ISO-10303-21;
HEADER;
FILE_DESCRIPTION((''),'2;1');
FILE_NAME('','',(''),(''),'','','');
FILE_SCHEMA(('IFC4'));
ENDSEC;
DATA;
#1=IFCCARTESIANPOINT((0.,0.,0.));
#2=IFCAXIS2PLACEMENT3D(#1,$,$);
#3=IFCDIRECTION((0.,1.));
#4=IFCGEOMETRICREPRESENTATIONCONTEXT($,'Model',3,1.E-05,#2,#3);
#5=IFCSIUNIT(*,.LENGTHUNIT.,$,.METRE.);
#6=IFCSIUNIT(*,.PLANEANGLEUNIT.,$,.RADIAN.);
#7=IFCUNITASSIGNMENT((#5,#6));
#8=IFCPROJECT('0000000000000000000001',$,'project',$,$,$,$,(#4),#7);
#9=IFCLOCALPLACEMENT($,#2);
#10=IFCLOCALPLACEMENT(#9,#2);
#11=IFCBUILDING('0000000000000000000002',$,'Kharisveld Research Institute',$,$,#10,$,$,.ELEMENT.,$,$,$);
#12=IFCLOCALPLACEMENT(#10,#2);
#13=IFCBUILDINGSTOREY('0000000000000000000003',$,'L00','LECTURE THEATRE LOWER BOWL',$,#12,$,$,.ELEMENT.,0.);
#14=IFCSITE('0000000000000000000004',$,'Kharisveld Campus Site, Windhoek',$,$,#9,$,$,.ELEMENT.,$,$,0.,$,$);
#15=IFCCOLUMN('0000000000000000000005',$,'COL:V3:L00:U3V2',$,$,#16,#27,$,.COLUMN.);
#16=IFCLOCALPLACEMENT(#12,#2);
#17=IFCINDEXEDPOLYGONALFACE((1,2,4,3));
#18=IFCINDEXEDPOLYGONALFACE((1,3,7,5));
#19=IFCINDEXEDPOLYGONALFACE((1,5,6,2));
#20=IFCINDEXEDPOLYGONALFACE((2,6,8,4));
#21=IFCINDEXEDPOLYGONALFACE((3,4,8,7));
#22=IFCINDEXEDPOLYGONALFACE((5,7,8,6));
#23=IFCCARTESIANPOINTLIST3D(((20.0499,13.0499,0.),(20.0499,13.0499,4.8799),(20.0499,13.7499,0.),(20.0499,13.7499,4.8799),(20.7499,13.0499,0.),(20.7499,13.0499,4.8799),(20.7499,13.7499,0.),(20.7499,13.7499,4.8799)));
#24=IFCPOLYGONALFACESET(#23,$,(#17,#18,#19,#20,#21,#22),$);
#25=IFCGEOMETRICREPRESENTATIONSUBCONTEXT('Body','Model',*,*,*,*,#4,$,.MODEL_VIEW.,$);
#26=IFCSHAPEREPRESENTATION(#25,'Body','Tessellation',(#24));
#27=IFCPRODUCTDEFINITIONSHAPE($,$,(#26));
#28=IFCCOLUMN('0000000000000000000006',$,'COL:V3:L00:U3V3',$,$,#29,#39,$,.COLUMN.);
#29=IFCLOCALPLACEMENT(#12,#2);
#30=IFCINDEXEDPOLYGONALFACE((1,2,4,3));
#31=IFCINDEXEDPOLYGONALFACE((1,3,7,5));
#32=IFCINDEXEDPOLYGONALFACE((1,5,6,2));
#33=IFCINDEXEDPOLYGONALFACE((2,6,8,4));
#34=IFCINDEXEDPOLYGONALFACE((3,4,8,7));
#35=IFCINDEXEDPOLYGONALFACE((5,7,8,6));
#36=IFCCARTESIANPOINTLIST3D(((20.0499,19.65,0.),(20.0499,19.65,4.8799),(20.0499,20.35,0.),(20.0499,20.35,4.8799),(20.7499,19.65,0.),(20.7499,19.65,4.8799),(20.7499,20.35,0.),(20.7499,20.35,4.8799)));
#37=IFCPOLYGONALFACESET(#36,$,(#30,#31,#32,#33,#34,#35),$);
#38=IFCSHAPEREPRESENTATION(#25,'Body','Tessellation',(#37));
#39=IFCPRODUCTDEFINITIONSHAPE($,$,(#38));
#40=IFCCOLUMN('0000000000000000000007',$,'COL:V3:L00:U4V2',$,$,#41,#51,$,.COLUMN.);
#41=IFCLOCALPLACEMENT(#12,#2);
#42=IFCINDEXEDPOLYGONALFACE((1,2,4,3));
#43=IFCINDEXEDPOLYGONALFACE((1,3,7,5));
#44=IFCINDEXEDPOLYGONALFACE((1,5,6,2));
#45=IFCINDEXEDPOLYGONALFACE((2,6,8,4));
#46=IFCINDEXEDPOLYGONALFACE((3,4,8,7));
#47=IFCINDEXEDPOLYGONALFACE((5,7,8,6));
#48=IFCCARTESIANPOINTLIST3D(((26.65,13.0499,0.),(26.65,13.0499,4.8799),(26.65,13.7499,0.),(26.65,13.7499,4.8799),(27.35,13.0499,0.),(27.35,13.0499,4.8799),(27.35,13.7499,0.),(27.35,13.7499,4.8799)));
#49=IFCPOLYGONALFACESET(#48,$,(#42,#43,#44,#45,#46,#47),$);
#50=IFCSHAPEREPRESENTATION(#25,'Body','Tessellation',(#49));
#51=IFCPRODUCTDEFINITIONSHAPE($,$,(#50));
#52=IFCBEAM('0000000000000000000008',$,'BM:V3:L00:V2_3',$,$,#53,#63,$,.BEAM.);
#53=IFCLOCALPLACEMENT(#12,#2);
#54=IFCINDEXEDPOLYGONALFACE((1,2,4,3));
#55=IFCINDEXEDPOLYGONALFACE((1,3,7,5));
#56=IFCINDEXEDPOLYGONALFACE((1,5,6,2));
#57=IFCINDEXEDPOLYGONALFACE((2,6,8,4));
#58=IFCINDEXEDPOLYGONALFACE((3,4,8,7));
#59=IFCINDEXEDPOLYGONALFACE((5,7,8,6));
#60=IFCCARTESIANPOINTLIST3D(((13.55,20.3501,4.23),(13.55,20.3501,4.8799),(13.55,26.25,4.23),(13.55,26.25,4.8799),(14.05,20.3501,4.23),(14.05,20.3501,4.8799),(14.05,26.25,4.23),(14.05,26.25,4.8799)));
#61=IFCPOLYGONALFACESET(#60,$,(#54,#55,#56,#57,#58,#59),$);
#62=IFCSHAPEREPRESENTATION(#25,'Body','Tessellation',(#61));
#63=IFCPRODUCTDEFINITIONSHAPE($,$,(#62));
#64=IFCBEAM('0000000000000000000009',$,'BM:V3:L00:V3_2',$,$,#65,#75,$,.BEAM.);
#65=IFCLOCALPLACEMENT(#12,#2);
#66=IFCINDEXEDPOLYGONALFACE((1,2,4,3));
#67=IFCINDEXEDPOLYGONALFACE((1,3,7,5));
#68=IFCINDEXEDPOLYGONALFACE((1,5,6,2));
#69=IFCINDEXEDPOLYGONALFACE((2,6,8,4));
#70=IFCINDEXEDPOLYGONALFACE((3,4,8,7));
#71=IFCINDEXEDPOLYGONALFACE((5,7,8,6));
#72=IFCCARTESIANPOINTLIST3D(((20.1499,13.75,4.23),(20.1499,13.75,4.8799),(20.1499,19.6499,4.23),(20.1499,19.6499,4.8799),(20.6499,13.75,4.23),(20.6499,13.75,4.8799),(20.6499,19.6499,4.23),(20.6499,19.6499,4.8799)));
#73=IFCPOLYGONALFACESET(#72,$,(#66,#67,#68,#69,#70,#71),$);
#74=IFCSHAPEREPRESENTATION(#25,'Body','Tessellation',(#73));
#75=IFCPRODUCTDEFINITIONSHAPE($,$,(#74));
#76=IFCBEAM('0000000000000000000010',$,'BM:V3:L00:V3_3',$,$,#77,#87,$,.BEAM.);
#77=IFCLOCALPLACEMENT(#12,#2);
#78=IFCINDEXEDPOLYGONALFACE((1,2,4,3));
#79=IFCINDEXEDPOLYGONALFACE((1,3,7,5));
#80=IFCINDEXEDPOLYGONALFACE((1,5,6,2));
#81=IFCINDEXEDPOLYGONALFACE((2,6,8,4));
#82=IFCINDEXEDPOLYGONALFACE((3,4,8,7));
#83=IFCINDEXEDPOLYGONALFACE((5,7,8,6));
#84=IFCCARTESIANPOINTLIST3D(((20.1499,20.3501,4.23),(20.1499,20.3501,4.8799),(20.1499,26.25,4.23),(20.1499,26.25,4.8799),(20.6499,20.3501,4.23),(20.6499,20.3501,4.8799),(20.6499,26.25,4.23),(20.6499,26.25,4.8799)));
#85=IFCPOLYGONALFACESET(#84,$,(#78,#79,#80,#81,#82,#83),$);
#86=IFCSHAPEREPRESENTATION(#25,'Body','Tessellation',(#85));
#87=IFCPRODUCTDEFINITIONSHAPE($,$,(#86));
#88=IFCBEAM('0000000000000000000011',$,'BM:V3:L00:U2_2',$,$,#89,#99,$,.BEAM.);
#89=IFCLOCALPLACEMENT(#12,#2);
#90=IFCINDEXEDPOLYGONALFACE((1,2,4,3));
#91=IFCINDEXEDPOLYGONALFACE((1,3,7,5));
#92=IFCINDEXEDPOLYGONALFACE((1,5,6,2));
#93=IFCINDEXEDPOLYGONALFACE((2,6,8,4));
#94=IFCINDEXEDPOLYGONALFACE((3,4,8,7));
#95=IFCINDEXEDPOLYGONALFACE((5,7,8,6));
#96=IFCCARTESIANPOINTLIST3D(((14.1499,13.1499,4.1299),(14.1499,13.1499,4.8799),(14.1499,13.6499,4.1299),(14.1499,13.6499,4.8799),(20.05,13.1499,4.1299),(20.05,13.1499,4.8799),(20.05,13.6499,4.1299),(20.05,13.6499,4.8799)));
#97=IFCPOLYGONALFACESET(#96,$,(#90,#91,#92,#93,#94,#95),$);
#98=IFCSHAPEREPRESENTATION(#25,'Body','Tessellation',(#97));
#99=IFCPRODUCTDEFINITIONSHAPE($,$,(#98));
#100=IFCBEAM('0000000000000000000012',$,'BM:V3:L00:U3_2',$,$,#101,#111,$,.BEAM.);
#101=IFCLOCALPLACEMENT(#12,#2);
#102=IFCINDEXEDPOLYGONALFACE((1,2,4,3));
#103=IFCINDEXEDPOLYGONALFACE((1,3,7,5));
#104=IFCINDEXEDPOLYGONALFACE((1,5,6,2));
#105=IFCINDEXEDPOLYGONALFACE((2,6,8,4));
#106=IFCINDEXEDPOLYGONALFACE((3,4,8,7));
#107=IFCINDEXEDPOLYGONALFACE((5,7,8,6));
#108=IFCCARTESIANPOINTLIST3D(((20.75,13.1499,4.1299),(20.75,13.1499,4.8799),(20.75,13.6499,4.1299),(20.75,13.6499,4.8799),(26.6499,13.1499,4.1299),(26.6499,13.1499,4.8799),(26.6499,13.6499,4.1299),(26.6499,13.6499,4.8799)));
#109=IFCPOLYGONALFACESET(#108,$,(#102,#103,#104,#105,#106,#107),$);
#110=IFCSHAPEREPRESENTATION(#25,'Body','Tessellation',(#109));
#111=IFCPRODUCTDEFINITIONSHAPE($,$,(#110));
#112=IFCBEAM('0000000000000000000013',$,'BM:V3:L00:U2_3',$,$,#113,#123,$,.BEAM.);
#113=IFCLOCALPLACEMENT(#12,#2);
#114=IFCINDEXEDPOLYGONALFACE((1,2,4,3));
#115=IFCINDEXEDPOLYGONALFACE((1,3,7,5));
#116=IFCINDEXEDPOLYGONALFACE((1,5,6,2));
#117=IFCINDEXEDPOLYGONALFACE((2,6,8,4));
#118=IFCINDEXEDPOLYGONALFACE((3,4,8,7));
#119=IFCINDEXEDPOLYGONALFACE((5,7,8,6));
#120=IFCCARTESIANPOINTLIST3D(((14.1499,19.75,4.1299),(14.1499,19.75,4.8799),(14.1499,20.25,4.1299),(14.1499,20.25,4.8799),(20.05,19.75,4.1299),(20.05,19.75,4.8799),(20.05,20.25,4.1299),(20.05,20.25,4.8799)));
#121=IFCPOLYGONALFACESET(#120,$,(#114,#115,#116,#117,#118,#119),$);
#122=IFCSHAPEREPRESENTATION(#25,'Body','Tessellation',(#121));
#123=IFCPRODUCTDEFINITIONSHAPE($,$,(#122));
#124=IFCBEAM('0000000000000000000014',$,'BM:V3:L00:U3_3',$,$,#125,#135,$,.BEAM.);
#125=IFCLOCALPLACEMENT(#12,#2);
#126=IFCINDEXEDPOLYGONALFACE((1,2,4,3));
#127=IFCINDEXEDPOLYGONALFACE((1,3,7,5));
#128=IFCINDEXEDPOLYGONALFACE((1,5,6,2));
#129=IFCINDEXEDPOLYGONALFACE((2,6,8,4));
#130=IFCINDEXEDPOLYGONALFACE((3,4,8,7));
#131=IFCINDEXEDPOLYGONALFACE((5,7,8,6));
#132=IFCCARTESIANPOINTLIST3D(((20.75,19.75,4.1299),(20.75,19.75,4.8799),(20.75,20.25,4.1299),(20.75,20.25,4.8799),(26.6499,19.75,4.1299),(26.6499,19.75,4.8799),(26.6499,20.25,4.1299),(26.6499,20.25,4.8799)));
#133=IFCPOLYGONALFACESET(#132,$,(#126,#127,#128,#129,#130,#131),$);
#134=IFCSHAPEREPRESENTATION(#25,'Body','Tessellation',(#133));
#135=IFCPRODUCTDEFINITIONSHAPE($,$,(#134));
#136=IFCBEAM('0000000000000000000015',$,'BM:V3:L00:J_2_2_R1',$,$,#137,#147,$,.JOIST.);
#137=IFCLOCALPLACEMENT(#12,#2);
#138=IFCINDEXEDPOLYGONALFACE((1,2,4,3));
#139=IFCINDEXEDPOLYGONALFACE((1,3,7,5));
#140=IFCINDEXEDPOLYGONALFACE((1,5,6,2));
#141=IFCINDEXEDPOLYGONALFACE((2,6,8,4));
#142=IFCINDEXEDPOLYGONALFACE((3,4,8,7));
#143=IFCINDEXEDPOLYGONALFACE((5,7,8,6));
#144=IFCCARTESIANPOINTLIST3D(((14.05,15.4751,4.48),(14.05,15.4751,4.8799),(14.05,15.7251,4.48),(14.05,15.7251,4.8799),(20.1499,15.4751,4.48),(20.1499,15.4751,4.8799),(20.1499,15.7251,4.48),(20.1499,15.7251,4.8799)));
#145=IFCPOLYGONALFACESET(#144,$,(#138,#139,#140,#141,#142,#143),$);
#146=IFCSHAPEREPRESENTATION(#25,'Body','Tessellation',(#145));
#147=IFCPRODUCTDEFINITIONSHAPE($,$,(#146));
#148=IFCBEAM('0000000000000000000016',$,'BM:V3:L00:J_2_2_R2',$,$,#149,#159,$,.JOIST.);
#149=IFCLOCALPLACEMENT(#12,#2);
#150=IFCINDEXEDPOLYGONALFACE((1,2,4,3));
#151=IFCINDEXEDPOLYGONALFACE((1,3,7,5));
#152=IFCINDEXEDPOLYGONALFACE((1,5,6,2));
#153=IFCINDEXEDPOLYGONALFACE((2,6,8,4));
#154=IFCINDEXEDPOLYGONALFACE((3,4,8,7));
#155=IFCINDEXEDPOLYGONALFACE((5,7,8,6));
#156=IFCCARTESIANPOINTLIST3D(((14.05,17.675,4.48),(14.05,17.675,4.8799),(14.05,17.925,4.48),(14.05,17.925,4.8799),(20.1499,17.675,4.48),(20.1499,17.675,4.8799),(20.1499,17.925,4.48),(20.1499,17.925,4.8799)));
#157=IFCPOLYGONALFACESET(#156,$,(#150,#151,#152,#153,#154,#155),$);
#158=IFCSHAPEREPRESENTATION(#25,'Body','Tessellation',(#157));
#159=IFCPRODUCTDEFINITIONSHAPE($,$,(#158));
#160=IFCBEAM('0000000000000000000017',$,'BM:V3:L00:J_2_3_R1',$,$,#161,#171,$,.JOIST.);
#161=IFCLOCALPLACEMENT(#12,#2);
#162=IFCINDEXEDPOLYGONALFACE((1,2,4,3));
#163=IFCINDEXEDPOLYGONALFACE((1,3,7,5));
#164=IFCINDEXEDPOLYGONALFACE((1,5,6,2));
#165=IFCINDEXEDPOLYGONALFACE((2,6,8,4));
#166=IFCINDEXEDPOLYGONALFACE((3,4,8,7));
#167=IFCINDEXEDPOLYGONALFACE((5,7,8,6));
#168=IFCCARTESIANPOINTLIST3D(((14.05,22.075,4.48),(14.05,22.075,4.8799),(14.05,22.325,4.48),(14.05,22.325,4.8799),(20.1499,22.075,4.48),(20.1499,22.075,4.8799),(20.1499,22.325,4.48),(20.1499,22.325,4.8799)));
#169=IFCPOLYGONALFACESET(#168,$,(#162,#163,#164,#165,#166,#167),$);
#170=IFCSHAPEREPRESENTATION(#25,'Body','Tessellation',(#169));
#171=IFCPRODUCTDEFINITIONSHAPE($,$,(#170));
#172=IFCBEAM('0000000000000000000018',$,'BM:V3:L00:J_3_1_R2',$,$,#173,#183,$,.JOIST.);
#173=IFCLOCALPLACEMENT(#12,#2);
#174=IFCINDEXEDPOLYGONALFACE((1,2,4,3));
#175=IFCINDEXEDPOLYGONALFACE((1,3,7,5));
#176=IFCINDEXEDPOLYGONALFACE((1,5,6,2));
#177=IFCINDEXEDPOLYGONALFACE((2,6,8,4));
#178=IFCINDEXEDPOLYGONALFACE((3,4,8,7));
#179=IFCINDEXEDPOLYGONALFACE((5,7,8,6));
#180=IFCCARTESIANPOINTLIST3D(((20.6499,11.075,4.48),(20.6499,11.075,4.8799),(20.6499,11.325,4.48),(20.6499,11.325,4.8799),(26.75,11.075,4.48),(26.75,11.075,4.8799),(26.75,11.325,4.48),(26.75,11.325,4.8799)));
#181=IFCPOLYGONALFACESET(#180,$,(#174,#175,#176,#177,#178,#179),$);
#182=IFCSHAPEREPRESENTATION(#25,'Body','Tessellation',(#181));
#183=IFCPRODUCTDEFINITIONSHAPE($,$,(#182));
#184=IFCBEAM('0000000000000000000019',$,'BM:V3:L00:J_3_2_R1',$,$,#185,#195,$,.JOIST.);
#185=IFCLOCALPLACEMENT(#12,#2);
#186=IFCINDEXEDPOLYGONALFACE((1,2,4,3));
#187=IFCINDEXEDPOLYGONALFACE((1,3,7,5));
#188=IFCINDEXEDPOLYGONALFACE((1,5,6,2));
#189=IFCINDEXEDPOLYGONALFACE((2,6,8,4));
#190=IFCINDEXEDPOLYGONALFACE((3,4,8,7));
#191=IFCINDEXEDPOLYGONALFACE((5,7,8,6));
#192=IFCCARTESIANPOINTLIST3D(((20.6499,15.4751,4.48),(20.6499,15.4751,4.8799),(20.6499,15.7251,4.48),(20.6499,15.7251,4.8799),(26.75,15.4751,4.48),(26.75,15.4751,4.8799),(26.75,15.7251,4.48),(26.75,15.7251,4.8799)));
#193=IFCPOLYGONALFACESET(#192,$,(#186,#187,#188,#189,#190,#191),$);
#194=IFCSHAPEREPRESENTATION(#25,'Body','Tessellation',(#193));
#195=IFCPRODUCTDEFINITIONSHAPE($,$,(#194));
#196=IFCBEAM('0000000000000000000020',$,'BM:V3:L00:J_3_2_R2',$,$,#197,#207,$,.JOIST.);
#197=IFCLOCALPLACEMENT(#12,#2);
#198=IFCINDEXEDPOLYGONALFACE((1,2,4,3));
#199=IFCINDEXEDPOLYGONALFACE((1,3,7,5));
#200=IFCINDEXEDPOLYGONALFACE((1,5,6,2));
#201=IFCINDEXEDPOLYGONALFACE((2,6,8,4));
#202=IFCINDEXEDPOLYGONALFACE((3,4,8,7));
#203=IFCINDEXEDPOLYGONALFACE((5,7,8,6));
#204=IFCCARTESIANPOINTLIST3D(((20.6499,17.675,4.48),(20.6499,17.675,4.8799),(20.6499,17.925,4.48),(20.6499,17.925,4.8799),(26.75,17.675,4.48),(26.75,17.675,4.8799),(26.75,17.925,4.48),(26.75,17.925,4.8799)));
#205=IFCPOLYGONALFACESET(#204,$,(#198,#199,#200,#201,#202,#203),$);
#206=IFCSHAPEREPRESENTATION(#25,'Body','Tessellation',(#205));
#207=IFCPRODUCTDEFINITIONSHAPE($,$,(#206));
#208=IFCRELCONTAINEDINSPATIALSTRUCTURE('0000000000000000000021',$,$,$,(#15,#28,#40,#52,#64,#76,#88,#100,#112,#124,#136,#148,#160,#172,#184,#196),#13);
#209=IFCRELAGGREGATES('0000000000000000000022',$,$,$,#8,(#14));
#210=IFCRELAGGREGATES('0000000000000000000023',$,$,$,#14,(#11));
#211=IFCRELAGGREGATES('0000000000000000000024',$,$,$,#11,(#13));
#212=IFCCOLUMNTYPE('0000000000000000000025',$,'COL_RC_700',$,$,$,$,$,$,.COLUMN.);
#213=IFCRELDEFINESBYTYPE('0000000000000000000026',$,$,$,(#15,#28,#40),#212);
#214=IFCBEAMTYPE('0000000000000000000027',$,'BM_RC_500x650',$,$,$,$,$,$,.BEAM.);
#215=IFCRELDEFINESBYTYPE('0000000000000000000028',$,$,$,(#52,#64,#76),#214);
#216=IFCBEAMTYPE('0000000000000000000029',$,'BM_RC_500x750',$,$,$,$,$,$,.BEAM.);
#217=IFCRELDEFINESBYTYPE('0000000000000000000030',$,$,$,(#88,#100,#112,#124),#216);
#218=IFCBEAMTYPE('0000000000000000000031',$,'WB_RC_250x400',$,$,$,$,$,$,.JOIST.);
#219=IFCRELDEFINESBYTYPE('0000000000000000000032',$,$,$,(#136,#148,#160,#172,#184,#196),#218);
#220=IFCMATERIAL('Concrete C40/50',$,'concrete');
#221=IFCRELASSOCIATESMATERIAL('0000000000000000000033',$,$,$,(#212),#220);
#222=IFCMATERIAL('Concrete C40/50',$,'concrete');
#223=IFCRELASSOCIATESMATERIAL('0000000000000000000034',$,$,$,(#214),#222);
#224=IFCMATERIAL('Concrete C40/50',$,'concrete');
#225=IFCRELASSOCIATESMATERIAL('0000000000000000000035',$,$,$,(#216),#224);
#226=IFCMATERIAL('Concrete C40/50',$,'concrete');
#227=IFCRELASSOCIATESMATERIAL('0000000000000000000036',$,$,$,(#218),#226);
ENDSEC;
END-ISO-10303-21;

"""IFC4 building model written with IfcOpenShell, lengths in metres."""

from ifc_helpers import new_model, si_unit, direction, frame, origin, origin_2d, place, context, subcontext, project, spatial, rectangle, extrude, material, material_profile, profile_set, type_object, element, save


model = new_model("IFC4")

# Units and contexts
model_context = context("Model", 3, precision=1e-05, world=origin(), true_north=direction((0.0, 1.0)))
body_context = subcontext(model_context, "Body", "Model", "MODEL_VIEW")
ifc_project = project(units=[si_unit("LENGTHUNIT", "METRE"), si_unit("PLANEANGLEUNIT", "RADIAN")], contexts=[model_context])

# Site, building, storey
site_placement = place(None, origin())
site = spatial("IfcSite", under=ifc_project, at=site_placement, Name="Kharisveld Campus Site, Windhoek", CompositionType="ELEMENT", RefElevation=0.0)
building_placement = place(site_placement, origin())
building = spatial("IfcBuilding", under=site, at=building_placement, Name="Kharisveld Research Institute", CompositionType="ELEMENT")
storey_placement = place(building_placement, origin())
storey = spatial("IfcBuildingStorey", under=building, at=storey_placement, Name="L00", Description="LECTURE THEATRE LOWER BOWL", CompositionType="ELEMENT", Elevation=0.0)

# Columns
ifc_material_1 = material(Name="Concrete C40/50", Category="concrete")
ifc_material_profile_1 = material_profile(ifc_material_1, rectangle(XDim=0.7, YDim=0.7, at=origin_2d()))
ifc_profile_set_1 = profile_set([ifc_material_profile_1], Name="Concrete C40/50")
column_type = type_object("IfcColumnType", Name="COL_RC_700", PredefinedType="COLUMN", material=ifc_profile_set_1)
for number, where, z_axis, x_axis, name in (
    (1, (20.3999, 13.3999, 0.0), (0.0, 0.0, 1.0), (1.0, 0.0, 0.0), "COL:V3:L00:U3V2"),
    (2, (20.3999, 20.0, 0.0), (0.0, 0.0, 1.0), (1.0, 0.0, 0.0), "COL:V3:L00:U3V3"),
    (3, (27.0, 13.3999, 0.0), (0.0, 0.0, 1.0), (1.0, 0.0, 0.0), "COL:V3:L00:U4V2"),
):
    element("IfcColumn", number, at=place(storey_placement, frame(where, z_axis=z_axis, x_axis=x_axis)), inside=storey, type_object=column_type, Name=name, PredefinedType="COLUMN", context=body_context, shape_type="SweptSolid", body=[
        extrude(rectangle(XDim=0.7, YDim=0.7, at=origin_2d()), origin(), (0.0, 0.0, 1.0), 4.8799),
    ])

# Beams
ifc_material_2 = material(Name="Concrete C40/50", Category="concrete")
ifc_material_profile_2 = material_profile(ifc_material_2, rectangle(XDim=0.5, YDim=0.6499, at=origin_2d()))
ifc_profile_set_2 = profile_set([ifc_material_profile_2], Name="Concrete C40/50")
beam_type_1 = type_object("IfcBeamType", Name="BM_RC_500x650", PredefinedType="BEAM", material=ifc_profile_set_2)
for number, where, z_axis, x_axis, name in (
    (4, (13.8, 20.3501, 4.5549), (0.0, 1.0, 0.0), (-1.0, 0.0, 0.0), "BM:V3:L00:V2_3"),
    (5, (20.3999, 13.75, 4.5549), (0.0, 1.0, 0.0), (-1.0, 0.0, 0.0), "BM:V3:L00:V3_2"),
    (6, (20.3999, 20.3501, 4.5549), (0.0, 1.0, 0.0), (-1.0, 0.0, 0.0), "BM:V3:L00:V3_3"),
):
    element("IfcBeam", number, at=place(storey_placement, frame(where, z_axis=z_axis, x_axis=x_axis)), inside=storey, type_object=beam_type_1, Name=name, PredefinedType="BEAM", context=body_context, shape_type="SweptSolid", body=[
        extrude(rectangle(XDim=0.5, YDim=0.6499, at=origin_2d()), origin(), (0.0, 0.0, 1.0), 5.8999),
    ])
ifc_material_3 = material(Name="Concrete C40/50", Category="concrete")
ifc_material_profile_3 = material_profile(ifc_material_3, rectangle(XDim=0.5, YDim=0.75, at=origin_2d()))
ifc_profile_set_3 = profile_set([ifc_material_profile_3], Name="Concrete C40/50")
beam_type_2 = type_object("IfcBeamType", Name="BM_RC_500x750", PredefinedType="BEAM", material=ifc_profile_set_3)
beam_1_placement = place(storey_placement, frame((14.1499, 13.3999, 4.5049), z_axis=(1.0, 0.0, 0.0), x_axis=(0.0, 1.0, 0.0)))
element("IfcBeam", 7, at=beam_1_placement, inside=storey, type_object=beam_type_2, Name="BM:V3:L00:U2_2", PredefinedType="BEAM", context=body_context, shape_type="SweptSolid", body=[
    extrude(rectangle(XDim=0.5, YDim=0.75, at=origin_2d()), origin(), (0.0, 0.0, 1.0), 5.9001),
])
beam_2_placement = place(storey_placement, frame((20.75, 13.3999, 4.5049), z_axis=(1.0, 0.0, 0.0), x_axis=(0.0, 1.0, 0.0)))
element("IfcBeam", 8, at=beam_2_placement, inside=storey, type_object=beam_type_2, Name="BM:V3:L00:U3_2", PredefinedType="BEAM", context=body_context, shape_type="SweptSolid", body=[
    extrude(rectangle(XDim=0.5, YDim=0.75, at=origin_2d()), origin(), (0.0, 0.0, 1.0), 5.8999),
])
beam_3_placement = place(storey_placement, frame((14.1499, 20.0, 4.5049), z_axis=(1.0, 0.0, 0.0), x_axis=(0.0, 1.0, 0.0)))
element("IfcBeam", 9, at=beam_3_placement, inside=storey, type_object=beam_type_2, Name="BM:V3:L00:U2_3", PredefinedType="BEAM", context=body_context, shape_type="SweptSolid", body=[
    extrude(rectangle(XDim=0.5, YDim=0.75, at=origin_2d()), origin(), (0.0, 0.0, 1.0), 5.9001),
])
beam_4_placement = place(storey_placement, frame((20.75, 20.0, 4.5049), z_axis=(1.0, 0.0, 0.0), x_axis=(0.0, 1.0, 0.0)))
element("IfcBeam", 10, at=beam_4_placement, inside=storey, type_object=beam_type_2, Name="BM:V3:L00:U3_3", PredefinedType="BEAM", context=body_context, shape_type="SweptSolid", body=[
    extrude(rectangle(XDim=0.5, YDim=0.75, at=origin_2d()), origin(), (0.0, 0.0, 1.0), 5.8999),
])
ifc_material_4 = material(Name="Concrete C40/50", Category="concrete")
ifc_material_profile_4 = material_profile(ifc_material_4, rectangle(XDim=0.25, YDim=0.3999, at=origin_2d()))
ifc_profile_set_4 = profile_set([ifc_material_profile_4], Name="Concrete C40/50")
beam_type_3 = type_object("IfcBeamType", Name="WB_RC_250x400", PredefinedType="JOIST", material=ifc_profile_set_4)
for number, where, z_axis, x_axis, name in (
    (11, (14.05, 15.6001, 4.6799), (1.0, 0.0, 0.0), (0.0, 1.0, 0.0), "BM:V3:L00:J_2_2_R1"),
    (12, (14.05, 17.8, 4.6799), (1.0, 0.0, 0.0), (0.0, 1.0, 0.0), "BM:V3:L00:J_2_2_R2"),
    (13, (14.05, 22.2, 4.6799), (1.0, 0.0, 0.0), (0.0, 1.0, 0.0), "BM:V3:L00:J_2_3_R1"),
):
    element("IfcBeam", number, at=place(storey_placement, frame(where, z_axis=z_axis, x_axis=x_axis)), inside=storey, type_object=beam_type_3, Name=name, PredefinedType="JOIST", context=body_context, shape_type="SweptSolid", body=[
        extrude(rectangle(XDim=0.25, YDim=0.3999, at=origin_2d()), origin(), (0.0, 0.0, 1.0), 6.0999),
    ])
for number, where, z_axis, x_axis, name in (
    (14, (20.6499, 11.2, 4.6799), (1.0, 0.0, 0.0), (0.0, 1.0, 0.0), "BM:V3:L00:J_3_1_R2"),
    (15, (20.6499, 15.6001, 4.6799), (1.0, 0.0, 0.0), (0.0, 1.0, 0.0), "BM:V3:L00:J_3_2_R1"),
    (16, (20.6499, 17.8, 4.6799), (1.0, 0.0, 0.0), (0.0, 1.0, 0.0), "BM:V3:L00:J_3_2_R2"),
):
    element("IfcBeam", number, at=place(storey_placement, frame(where, z_axis=z_axis, x_axis=x_axis)), inside=storey, type_object=beam_type_3, Name=name, PredefinedType="JOIST", context=body_context, shape_type="SweptSolid", body=[
        extrude(rectangle(XDim=0.25, YDim=0.3999, at=origin_2d()), origin(), (0.0, 0.0, 1.0), 6.1001),
    ])

save(model, "model.ifc")
